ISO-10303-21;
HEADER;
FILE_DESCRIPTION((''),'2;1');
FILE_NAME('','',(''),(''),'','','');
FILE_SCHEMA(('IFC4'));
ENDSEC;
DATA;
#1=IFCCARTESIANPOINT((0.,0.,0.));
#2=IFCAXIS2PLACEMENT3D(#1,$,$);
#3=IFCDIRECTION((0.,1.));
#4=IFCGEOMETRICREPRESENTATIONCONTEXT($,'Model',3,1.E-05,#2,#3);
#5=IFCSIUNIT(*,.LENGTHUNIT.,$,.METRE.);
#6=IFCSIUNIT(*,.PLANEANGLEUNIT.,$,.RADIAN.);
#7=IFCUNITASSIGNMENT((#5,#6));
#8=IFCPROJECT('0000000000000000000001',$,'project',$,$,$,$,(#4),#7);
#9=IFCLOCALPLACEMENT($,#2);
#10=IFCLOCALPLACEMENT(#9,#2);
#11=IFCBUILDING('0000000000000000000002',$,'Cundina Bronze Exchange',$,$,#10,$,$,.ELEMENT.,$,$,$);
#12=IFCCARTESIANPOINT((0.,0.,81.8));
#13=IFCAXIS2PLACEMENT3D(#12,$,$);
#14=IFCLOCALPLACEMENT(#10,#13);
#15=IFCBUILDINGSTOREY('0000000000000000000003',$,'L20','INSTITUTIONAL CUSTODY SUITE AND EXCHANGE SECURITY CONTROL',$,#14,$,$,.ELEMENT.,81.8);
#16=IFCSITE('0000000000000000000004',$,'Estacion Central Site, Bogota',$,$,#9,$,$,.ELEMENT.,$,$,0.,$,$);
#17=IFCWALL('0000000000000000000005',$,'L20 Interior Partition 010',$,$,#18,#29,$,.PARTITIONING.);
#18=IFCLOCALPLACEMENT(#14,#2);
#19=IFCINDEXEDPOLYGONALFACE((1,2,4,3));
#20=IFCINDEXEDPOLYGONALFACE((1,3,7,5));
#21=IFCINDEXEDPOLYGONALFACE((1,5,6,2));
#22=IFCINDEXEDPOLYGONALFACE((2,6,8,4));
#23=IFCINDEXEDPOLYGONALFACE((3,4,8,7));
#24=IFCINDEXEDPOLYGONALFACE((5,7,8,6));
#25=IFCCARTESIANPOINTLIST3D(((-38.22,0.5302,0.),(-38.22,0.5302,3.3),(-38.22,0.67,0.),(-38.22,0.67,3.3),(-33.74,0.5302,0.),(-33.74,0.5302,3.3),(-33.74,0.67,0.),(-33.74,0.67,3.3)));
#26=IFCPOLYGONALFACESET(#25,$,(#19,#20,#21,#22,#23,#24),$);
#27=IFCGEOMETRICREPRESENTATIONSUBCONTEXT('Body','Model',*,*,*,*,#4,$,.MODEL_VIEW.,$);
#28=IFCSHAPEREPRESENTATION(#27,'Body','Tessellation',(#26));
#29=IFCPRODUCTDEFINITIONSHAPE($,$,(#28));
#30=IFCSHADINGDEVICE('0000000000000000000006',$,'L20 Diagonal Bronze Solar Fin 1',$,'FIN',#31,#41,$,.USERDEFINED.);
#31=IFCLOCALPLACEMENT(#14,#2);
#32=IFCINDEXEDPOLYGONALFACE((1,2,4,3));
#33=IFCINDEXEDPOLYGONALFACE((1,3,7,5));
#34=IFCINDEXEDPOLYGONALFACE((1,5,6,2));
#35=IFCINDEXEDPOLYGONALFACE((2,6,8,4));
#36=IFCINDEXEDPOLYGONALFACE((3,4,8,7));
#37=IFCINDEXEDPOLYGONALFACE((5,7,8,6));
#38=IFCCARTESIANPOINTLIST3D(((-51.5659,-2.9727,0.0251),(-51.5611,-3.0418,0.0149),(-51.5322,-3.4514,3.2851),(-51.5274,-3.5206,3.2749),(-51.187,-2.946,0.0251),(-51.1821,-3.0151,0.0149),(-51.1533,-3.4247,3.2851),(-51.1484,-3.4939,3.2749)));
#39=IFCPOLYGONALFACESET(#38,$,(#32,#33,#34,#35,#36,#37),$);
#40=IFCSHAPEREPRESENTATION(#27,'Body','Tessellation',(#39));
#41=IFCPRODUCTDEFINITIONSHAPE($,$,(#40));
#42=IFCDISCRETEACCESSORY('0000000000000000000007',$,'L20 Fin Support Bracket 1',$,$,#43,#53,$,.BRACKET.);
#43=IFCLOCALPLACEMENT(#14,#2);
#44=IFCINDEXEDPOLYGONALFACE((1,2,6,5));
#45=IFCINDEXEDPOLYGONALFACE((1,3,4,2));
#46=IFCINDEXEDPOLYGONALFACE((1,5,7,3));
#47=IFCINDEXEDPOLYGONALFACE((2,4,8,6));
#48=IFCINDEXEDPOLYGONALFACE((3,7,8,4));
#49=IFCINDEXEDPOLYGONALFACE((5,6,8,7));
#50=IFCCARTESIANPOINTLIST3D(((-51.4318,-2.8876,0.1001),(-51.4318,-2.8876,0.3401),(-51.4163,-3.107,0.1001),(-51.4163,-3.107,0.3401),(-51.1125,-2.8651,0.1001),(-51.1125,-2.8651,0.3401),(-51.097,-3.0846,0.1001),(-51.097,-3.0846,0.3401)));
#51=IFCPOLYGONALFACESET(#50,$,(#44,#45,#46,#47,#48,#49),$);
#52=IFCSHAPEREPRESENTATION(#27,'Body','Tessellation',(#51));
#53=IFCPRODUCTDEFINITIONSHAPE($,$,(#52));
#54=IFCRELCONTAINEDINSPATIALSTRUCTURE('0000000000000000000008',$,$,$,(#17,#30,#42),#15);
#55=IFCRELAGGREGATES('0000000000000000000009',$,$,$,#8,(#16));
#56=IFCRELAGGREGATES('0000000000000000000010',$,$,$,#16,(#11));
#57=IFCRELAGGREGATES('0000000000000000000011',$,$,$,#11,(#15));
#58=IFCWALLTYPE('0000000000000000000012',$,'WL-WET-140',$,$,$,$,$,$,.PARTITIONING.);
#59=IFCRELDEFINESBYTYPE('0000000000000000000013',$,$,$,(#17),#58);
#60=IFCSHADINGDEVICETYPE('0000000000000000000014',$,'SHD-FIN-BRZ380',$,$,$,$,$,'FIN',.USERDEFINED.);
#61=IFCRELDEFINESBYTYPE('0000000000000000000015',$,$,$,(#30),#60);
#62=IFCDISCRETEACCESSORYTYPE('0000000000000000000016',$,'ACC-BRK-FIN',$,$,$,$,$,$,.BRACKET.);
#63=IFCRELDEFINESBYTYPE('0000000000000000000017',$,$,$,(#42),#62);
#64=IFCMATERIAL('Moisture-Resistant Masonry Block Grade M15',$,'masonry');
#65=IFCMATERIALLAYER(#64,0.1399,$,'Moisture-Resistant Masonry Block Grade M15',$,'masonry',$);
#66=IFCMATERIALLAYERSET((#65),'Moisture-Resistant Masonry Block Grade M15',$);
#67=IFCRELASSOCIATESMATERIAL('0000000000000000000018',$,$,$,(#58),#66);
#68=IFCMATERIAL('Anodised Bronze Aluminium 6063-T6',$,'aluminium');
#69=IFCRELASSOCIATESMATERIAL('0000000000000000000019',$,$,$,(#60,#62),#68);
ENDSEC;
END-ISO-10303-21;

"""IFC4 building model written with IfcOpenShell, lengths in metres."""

from ifc_helpers import new_model, si_unit, direction, frame, frame_2d, origin, origin_2d, place, context, subcontext, project, spatial, rectangle, extrude, material, layer, layer_set, material_profile, profile_set, type_object, element, save


model = new_model("IFC4")

# Units and contexts
model_context = context("Model", 3, precision=1e-05, world=origin(), true_north=direction((0.0, 1.0)))
body_context = subcontext(model_context, "Body", "Model", "MODEL_VIEW")
ifc_project = project(units=[si_unit("LENGTHUNIT", "METRE"), si_unit("PLANEANGLEUNIT", "RADIAN")], contexts=[model_context])

# Site, building, storey
site_placement = place(None, origin())
site = spatial("IfcSite", under=ifc_project, at=site_placement, Name="Estacion Central Site, Bogota", CompositionType="ELEMENT", RefElevation=0.0)
building_placement = place(site_placement, origin())
building = spatial("IfcBuilding", under=site, at=building_placement, Name="Cundina Bronze Exchange", CompositionType="ELEMENT")
storey_placement = place(building_placement, frame((0.0, 0.0, 81.8)))
storey = spatial("IfcBuildingStorey", under=building, at=storey_placement, Name="L20", Description="INSTITUTIONAL CUSTODY SUITE AND EXCHANGE SECURITY CONTROL", CompositionType="ELEMENT", Elevation=81.8)

# Shared definitions
ifc_material_1 = material(Name="Anodised Bronze Aluminium 6063-T6", Category="aluminium")

# Wall
ifc_material_2 = material(Name="Moisture-Resistant Masonry Block Grade M15", Category="masonry")
ifc_layer_1 = layer(ifc_material_2, 0.1399, Name="Moisture-Resistant Masonry Block Grade M15", Category="masonry")
ifc_layer_set_1 = layer_set([ifc_layer_1], Name="Moisture-Resistant Masonry Block Grade M15")
wall_type_1 = type_object("IfcWallType", Name="WL-WET-140", PredefinedType="PARTITIONING", material=ifc_layer_set_1)
wall_1_placement = place(storey_placement, frame((-38.22, 0.6001, 0.0), z_axis=(0.0, 0.0, 1.0), x_axis=(1.0, 0.0, 0.0)))
element("IfcWall", 1, at=wall_1_placement, inside=storey, type_object=wall_type_1, Name="L20 Interior Partition 010", PredefinedType="PARTITIONING", context=body_context, shape_type="SweptSolid", body=[
    extrude(rectangle(XDim=4.48, YDim=0.1399, at=frame_2d((2.24, 0.0))), origin(), (0.0, 0.0, 1.0), 3.3),
])

# Shading device
ifc_material_profile_1 = material_profile(ifc_material_1, rectangle(XDim=0.0701, YDim=0.3799, at=origin_2d()), Name="FIN70X380", Category="aluminium")
ifc_profile_set_1 = profile_set([ifc_material_profile_1], Name="Anodised Bronze Aluminium 6063-T6")
shading_device_type = type_object("IfcShadingDeviceType", Name="SHD-FIN-BRZ380", ElementType="FIN", PredefinedType="USERDEFINED", material=ifc_profile_set_1)
shading_device_placement = place(storey_placement, frame((-51.374, -2.9939, 0.02), z_axis=(0.010225, -0.145292, 0.989336), x_axis=(-0.06945, 0.986895, 0.145652)))
element("IfcShadingDevice", 2, at=shading_device_placement, inside=storey, type_object=shading_device_type, Name="L20 Diagonal Bronze Solar Fin 1", ObjectType="FIN", PredefinedType="USERDEFINED", context=body_context, shape_type="SweptSolid", body=[
    extrude(rectangle(XDim=0.0701, YDim=0.3799, at=origin_2d()), origin(), (0.0, 0.0, 1.0), 3.2952),
])

# Discrete accessory
discrete_accessory_type = type_object("IfcDiscreteAccessoryType", Name="ACC-BRK-FIN", PredefinedType="BRACKET", material=ifc_material_1)
discrete_accessory_placement = place(storey_placement, frame((-51.2644, -2.9861, 0.1001), z_axis=(0.0, 0.0, 1.0), x_axis=(0.070279, -0.997527, 0.0)))
element("IfcDiscreteAccessory", 3, at=discrete_accessory_placement, inside=storey, type_object=discrete_accessory_type, Name="L20 Fin Support Bracket 1", PredefinedType="BRACKET", context=body_context, shape_type="SweptSolid", body=[
    extrude(rectangle(XDim=0.22, YDim=0.3201, at=origin_2d()), origin(), (0.0, 0.0, 1.0), 0.24),
])

save(model, "model.ifc")
